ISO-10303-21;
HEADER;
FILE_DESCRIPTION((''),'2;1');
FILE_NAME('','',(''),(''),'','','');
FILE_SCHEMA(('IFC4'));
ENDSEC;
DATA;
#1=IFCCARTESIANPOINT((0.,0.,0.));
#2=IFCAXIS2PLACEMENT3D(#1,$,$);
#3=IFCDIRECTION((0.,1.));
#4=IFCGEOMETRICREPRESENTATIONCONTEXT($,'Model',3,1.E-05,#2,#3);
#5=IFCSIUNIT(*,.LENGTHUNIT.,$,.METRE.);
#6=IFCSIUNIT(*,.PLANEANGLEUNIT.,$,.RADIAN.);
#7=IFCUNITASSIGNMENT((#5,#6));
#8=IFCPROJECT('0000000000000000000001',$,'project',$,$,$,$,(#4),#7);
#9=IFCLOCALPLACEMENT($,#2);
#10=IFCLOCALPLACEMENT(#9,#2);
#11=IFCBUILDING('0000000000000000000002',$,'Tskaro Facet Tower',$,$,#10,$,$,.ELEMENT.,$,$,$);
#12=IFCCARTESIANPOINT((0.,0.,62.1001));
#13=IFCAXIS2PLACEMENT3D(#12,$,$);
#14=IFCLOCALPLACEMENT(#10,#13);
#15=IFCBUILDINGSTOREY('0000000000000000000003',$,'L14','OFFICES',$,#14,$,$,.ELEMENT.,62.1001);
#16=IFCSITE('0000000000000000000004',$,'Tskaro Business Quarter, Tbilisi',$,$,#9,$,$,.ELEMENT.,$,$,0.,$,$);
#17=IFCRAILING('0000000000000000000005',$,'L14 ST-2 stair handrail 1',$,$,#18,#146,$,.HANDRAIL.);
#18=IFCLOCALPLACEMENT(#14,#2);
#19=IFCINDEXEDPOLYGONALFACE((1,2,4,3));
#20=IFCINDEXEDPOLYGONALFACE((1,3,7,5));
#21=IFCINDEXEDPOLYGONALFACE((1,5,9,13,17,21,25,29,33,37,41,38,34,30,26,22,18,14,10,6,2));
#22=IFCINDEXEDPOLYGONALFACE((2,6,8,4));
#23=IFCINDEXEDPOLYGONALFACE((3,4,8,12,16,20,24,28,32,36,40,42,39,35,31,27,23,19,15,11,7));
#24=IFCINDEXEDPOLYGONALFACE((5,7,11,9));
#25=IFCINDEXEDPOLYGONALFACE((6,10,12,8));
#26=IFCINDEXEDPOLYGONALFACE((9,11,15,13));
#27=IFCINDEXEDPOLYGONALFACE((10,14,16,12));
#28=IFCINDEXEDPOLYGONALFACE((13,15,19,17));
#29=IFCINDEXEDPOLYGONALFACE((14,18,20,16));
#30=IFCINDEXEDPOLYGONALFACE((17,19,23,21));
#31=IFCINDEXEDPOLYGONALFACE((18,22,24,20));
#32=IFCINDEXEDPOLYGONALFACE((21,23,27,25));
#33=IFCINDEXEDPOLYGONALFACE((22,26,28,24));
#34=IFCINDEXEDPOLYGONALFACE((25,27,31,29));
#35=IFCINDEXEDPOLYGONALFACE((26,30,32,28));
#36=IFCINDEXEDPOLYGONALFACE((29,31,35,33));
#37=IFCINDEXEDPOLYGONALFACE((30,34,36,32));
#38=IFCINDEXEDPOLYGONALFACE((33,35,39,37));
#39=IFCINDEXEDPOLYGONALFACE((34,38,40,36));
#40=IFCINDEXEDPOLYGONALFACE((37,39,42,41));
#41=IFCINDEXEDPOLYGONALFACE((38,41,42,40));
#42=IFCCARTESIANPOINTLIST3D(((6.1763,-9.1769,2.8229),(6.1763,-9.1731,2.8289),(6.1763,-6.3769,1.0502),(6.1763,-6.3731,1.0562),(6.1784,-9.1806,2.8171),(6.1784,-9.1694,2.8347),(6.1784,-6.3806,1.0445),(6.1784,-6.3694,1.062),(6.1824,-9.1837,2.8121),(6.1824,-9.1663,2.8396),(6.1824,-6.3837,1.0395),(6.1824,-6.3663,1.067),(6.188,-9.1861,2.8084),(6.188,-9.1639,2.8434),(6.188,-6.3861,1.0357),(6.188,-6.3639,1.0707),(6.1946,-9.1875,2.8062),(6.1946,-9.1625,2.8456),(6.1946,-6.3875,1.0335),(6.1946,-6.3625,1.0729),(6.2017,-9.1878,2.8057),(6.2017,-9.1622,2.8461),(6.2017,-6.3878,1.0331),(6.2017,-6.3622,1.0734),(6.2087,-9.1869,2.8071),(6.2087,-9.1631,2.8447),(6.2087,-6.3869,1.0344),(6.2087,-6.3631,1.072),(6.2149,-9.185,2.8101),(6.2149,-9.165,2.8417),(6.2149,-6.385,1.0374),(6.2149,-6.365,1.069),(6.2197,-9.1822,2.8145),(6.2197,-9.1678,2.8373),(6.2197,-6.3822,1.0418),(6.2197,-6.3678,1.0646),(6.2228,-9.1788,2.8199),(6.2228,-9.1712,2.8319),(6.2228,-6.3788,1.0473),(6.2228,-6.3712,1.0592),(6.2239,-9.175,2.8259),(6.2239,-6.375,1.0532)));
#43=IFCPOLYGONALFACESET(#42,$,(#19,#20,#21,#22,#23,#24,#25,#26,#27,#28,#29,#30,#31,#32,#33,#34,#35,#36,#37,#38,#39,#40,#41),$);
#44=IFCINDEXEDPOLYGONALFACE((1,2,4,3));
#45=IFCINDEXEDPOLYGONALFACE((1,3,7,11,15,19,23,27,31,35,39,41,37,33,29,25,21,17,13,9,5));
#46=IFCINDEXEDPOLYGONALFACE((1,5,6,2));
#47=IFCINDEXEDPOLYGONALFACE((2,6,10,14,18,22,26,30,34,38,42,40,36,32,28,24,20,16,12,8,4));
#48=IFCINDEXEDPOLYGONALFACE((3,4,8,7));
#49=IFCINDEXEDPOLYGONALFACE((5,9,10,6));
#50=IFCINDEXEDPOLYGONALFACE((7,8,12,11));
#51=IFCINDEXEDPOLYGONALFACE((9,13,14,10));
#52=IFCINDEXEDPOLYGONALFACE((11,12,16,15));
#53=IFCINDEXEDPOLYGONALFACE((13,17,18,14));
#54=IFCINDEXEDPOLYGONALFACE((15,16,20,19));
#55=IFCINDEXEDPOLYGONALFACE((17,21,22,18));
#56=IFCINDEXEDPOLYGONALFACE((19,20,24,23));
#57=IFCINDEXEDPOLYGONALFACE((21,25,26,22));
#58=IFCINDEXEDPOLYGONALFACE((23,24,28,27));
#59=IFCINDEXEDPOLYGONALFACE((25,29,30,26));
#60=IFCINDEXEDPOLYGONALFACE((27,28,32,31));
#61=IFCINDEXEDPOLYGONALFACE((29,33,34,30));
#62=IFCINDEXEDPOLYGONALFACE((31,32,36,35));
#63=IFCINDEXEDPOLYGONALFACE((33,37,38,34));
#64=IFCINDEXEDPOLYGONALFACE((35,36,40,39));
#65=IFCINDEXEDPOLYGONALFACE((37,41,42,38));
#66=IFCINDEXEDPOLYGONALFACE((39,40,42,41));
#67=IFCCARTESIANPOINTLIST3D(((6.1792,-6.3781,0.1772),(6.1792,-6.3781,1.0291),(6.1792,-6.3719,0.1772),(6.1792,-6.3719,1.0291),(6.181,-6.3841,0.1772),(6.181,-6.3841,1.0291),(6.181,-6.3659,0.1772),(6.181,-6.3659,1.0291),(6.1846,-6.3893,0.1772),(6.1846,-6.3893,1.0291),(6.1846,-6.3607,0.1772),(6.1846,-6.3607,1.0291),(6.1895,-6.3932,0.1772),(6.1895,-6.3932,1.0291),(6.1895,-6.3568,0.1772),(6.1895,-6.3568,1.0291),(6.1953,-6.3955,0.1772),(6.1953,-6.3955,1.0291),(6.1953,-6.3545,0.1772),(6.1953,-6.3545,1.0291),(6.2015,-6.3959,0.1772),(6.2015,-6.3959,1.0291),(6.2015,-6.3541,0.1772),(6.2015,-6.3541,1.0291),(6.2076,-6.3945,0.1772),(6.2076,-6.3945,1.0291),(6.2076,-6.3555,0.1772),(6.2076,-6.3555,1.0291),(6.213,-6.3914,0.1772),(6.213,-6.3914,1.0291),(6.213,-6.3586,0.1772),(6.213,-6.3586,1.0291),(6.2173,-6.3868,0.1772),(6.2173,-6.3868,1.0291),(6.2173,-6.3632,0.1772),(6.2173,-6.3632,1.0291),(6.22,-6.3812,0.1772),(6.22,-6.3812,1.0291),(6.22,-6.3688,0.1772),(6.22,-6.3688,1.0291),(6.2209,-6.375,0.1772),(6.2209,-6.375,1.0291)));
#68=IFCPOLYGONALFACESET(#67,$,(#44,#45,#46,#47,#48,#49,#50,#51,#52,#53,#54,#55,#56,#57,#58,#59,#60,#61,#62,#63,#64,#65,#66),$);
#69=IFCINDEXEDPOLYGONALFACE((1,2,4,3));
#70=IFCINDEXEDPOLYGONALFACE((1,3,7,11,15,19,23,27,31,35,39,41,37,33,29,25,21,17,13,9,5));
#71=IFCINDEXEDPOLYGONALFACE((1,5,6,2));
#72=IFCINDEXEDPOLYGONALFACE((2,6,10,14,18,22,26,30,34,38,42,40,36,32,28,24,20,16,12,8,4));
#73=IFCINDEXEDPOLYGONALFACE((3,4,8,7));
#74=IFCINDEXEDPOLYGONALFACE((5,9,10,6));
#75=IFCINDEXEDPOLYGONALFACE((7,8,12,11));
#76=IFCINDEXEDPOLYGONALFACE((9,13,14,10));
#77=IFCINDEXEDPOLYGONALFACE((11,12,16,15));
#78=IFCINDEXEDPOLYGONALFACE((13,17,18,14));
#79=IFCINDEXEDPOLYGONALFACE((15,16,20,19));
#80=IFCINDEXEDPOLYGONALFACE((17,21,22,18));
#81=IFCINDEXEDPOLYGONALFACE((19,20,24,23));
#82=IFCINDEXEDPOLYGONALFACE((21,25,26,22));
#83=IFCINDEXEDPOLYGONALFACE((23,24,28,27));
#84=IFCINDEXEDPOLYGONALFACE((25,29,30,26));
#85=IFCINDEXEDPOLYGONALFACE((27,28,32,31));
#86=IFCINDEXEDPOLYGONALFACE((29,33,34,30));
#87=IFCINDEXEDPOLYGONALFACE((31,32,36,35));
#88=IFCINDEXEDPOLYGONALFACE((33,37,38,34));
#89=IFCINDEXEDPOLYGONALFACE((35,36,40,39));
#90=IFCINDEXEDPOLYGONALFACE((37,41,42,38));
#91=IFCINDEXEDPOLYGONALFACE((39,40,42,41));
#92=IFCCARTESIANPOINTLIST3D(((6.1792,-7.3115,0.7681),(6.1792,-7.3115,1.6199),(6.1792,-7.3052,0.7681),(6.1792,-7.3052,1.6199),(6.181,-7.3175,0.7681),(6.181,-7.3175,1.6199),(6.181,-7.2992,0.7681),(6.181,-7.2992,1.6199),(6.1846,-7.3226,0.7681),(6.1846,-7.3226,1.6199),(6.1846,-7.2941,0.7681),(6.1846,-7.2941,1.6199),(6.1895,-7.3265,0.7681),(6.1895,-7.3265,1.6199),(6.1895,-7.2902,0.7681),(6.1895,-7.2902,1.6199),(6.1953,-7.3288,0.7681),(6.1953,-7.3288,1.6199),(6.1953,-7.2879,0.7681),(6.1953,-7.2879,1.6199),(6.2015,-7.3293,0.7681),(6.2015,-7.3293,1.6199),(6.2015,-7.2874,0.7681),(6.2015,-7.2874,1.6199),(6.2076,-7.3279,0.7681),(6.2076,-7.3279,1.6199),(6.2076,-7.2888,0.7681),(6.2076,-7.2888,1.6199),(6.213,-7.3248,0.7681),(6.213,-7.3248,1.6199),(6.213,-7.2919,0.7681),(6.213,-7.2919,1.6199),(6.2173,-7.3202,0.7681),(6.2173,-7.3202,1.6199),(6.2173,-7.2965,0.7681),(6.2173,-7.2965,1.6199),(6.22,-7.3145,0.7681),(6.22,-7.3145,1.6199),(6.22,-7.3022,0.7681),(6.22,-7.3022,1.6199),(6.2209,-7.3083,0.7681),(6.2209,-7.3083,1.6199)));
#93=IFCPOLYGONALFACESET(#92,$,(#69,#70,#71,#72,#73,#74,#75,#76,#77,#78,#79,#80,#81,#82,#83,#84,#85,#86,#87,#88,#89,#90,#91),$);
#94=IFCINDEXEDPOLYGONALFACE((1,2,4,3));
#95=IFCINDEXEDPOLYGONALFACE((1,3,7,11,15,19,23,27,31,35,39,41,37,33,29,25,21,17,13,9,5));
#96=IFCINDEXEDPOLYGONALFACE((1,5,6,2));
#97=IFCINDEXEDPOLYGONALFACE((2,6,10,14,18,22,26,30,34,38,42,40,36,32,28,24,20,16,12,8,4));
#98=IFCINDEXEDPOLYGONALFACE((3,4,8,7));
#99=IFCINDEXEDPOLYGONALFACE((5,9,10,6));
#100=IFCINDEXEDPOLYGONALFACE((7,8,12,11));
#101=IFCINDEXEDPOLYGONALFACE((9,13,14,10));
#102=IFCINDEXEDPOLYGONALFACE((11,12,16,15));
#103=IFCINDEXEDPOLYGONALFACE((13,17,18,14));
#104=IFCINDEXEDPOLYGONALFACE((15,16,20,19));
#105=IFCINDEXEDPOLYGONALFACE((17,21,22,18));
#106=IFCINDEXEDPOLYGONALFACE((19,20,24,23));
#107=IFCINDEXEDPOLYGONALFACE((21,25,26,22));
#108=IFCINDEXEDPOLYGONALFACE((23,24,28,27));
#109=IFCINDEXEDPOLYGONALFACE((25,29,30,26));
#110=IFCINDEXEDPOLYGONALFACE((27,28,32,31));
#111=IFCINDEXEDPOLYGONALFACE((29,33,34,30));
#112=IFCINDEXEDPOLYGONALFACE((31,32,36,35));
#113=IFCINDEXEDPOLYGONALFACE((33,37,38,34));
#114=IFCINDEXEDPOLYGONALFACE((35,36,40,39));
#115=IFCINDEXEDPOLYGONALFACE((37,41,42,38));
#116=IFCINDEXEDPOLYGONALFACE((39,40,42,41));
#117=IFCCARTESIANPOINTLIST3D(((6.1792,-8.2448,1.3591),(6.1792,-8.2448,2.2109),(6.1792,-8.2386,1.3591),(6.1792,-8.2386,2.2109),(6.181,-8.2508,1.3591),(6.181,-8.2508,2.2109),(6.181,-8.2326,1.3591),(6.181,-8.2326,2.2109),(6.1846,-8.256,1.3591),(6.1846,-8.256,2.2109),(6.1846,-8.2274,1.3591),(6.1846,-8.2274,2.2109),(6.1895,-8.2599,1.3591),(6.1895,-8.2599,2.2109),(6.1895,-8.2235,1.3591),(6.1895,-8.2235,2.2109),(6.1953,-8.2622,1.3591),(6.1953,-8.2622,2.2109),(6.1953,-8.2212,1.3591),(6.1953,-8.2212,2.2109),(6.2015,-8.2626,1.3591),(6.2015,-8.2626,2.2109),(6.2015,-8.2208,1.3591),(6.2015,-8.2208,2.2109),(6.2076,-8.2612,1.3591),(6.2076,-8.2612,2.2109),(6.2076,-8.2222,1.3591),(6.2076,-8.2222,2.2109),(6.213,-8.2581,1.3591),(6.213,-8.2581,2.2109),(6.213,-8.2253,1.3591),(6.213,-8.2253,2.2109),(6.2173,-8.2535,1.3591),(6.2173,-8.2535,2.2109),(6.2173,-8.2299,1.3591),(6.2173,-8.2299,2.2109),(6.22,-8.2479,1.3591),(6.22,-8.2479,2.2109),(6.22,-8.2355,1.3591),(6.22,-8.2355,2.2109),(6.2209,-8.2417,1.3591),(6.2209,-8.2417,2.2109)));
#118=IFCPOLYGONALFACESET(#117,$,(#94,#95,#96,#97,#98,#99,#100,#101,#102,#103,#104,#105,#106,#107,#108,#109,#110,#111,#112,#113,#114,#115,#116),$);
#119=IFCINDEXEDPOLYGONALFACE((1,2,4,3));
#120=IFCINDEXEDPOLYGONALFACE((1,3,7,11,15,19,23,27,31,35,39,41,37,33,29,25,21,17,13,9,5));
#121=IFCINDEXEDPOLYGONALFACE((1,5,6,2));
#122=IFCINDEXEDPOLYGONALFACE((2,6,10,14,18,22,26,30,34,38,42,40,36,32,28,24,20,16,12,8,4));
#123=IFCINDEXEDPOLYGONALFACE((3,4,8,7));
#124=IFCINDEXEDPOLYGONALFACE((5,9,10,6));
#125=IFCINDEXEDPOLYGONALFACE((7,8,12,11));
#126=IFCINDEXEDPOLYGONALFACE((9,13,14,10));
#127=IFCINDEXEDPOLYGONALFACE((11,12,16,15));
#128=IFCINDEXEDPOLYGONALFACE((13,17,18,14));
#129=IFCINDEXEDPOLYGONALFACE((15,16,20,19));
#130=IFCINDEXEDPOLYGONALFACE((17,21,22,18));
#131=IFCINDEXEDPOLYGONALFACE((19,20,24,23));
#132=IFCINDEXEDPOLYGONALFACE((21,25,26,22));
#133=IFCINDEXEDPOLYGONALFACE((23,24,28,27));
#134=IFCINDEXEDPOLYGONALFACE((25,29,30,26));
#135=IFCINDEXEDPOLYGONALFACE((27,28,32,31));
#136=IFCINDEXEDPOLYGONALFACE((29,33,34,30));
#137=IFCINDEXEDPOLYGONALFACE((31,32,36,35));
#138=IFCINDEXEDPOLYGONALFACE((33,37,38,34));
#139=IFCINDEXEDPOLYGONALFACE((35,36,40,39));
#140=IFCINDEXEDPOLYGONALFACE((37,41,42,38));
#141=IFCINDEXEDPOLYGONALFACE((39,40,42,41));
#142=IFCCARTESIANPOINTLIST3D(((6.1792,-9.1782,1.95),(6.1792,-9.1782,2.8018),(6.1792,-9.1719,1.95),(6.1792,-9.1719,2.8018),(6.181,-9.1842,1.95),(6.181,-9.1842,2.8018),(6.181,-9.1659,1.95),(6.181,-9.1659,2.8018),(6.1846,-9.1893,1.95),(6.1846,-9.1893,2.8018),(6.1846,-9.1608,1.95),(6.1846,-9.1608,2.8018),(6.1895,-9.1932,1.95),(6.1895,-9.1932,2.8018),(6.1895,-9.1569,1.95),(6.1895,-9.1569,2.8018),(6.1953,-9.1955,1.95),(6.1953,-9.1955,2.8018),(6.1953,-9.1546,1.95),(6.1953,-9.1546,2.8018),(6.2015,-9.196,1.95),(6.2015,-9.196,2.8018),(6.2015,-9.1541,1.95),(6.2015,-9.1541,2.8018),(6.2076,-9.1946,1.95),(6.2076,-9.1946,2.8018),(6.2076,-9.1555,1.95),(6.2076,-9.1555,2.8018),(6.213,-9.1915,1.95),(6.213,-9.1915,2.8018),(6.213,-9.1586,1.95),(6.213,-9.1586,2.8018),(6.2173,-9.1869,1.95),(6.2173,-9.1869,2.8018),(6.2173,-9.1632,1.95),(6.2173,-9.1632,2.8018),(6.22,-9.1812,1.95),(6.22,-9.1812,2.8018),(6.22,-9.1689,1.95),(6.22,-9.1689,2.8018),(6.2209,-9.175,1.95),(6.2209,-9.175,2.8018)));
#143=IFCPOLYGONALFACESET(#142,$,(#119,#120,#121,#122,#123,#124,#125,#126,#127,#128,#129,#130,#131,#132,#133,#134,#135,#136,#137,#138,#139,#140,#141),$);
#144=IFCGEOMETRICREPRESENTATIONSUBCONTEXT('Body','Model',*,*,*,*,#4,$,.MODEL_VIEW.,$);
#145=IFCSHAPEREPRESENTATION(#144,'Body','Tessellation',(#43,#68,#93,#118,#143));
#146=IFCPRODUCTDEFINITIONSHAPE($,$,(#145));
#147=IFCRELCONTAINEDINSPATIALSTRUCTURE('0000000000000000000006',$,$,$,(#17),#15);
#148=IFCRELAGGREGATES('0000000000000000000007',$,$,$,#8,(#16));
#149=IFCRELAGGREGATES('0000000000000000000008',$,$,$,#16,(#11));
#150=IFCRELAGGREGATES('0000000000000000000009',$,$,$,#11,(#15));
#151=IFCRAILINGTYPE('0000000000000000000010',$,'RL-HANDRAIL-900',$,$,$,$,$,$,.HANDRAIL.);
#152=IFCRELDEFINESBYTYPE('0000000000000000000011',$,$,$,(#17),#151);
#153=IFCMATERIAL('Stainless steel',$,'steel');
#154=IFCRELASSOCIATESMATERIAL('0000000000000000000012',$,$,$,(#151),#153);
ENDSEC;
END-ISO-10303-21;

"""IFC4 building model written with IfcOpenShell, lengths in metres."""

from ifc_helpers import new_model, si_unit, direction, frame, origin, origin_2d, place, context, subcontext, project, spatial, circle, extrude, material, type_object, element, save


model = new_model("IFC4")

# Units and contexts
model_context = context("Model", 3, precision=1e-05, world=origin(), true_north=direction((0.0, 1.0)))
body_context = subcontext(model_context, "Body", "Model", "MODEL_VIEW")
ifc_project = project(units=[si_unit("LENGTHUNIT", "METRE"), si_unit("PLANEANGLEUNIT", "RADIAN")], contexts=[model_context])

# Site, building, storey
site_placement = place(None, origin())
site = spatial("IfcSite", under=ifc_project, at=site_placement, Name="Tskaro Business Quarter, Tbilisi", CompositionType="ELEMENT", RefElevation=0.0)
building_placement = place(site_placement, origin())
building = spatial("IfcBuilding", under=site, at=building_placement, Name="Tskaro Facet Tower", CompositionType="ELEMENT")
storey_placement = place(building_placement, frame((0.0, 0.0, 62.1001)))
storey = spatial("IfcBuildingStorey", under=building, at=storey_placement, Name="L14", Description="OFFICES", CompositionType="ELEMENT", Elevation=62.1001)

# Shared definitions
ifc_material_1 = material(Name="Stainless steel", Category="steel")

# Railing
railing_type_1 = type_object("IfcRailingType", Name="RL-HANDRAIL-900", PredefinedType="HANDRAIL", material=ifc_material_1)
railing_1_placement = place(storey_placement, frame((6.2, -6.375, 0.1772)))
element("IfcRailing", 1, at=railing_1_placement, inside=storey, type_object=railing_type_1, Name="L14 ST-2 stair handrail 1", PredefinedType="HANDRAIL", context=body_context, shape_type="SweptSolid", body=[
    extrude(circle(Radius=0.0239, at=origin_2d()), frame((0.0, 0.0, 0.876), z_axis=(0.0, -0.844909, 0.53491), x_axis=(1.0, 0.0, 0.0)), (0.0, 0.0, 1.0), 3.314),
    extrude(circle(Radius=0.021, at=origin_2d()), origin(), (0.0, 0.0, 1.0), 0.8518),
    extrude(circle(Radius=0.021, at=origin_2d()), frame((0.0, -0.9333, 0.5908)), (0.0, 0.0, 1.0), 0.8518),
    extrude(circle(Radius=0.021, at=origin_2d()), frame((0.0, -1.8667, 1.1819)), (0.0, 0.0, 1.0), 0.8518),
    extrude(circle(Radius=0.021, at=origin_2d()), frame((0.0, -2.8, 1.7727)), (0.0, 0.0, 1.0), 0.8518),
])

save(model, "model.ifc")
